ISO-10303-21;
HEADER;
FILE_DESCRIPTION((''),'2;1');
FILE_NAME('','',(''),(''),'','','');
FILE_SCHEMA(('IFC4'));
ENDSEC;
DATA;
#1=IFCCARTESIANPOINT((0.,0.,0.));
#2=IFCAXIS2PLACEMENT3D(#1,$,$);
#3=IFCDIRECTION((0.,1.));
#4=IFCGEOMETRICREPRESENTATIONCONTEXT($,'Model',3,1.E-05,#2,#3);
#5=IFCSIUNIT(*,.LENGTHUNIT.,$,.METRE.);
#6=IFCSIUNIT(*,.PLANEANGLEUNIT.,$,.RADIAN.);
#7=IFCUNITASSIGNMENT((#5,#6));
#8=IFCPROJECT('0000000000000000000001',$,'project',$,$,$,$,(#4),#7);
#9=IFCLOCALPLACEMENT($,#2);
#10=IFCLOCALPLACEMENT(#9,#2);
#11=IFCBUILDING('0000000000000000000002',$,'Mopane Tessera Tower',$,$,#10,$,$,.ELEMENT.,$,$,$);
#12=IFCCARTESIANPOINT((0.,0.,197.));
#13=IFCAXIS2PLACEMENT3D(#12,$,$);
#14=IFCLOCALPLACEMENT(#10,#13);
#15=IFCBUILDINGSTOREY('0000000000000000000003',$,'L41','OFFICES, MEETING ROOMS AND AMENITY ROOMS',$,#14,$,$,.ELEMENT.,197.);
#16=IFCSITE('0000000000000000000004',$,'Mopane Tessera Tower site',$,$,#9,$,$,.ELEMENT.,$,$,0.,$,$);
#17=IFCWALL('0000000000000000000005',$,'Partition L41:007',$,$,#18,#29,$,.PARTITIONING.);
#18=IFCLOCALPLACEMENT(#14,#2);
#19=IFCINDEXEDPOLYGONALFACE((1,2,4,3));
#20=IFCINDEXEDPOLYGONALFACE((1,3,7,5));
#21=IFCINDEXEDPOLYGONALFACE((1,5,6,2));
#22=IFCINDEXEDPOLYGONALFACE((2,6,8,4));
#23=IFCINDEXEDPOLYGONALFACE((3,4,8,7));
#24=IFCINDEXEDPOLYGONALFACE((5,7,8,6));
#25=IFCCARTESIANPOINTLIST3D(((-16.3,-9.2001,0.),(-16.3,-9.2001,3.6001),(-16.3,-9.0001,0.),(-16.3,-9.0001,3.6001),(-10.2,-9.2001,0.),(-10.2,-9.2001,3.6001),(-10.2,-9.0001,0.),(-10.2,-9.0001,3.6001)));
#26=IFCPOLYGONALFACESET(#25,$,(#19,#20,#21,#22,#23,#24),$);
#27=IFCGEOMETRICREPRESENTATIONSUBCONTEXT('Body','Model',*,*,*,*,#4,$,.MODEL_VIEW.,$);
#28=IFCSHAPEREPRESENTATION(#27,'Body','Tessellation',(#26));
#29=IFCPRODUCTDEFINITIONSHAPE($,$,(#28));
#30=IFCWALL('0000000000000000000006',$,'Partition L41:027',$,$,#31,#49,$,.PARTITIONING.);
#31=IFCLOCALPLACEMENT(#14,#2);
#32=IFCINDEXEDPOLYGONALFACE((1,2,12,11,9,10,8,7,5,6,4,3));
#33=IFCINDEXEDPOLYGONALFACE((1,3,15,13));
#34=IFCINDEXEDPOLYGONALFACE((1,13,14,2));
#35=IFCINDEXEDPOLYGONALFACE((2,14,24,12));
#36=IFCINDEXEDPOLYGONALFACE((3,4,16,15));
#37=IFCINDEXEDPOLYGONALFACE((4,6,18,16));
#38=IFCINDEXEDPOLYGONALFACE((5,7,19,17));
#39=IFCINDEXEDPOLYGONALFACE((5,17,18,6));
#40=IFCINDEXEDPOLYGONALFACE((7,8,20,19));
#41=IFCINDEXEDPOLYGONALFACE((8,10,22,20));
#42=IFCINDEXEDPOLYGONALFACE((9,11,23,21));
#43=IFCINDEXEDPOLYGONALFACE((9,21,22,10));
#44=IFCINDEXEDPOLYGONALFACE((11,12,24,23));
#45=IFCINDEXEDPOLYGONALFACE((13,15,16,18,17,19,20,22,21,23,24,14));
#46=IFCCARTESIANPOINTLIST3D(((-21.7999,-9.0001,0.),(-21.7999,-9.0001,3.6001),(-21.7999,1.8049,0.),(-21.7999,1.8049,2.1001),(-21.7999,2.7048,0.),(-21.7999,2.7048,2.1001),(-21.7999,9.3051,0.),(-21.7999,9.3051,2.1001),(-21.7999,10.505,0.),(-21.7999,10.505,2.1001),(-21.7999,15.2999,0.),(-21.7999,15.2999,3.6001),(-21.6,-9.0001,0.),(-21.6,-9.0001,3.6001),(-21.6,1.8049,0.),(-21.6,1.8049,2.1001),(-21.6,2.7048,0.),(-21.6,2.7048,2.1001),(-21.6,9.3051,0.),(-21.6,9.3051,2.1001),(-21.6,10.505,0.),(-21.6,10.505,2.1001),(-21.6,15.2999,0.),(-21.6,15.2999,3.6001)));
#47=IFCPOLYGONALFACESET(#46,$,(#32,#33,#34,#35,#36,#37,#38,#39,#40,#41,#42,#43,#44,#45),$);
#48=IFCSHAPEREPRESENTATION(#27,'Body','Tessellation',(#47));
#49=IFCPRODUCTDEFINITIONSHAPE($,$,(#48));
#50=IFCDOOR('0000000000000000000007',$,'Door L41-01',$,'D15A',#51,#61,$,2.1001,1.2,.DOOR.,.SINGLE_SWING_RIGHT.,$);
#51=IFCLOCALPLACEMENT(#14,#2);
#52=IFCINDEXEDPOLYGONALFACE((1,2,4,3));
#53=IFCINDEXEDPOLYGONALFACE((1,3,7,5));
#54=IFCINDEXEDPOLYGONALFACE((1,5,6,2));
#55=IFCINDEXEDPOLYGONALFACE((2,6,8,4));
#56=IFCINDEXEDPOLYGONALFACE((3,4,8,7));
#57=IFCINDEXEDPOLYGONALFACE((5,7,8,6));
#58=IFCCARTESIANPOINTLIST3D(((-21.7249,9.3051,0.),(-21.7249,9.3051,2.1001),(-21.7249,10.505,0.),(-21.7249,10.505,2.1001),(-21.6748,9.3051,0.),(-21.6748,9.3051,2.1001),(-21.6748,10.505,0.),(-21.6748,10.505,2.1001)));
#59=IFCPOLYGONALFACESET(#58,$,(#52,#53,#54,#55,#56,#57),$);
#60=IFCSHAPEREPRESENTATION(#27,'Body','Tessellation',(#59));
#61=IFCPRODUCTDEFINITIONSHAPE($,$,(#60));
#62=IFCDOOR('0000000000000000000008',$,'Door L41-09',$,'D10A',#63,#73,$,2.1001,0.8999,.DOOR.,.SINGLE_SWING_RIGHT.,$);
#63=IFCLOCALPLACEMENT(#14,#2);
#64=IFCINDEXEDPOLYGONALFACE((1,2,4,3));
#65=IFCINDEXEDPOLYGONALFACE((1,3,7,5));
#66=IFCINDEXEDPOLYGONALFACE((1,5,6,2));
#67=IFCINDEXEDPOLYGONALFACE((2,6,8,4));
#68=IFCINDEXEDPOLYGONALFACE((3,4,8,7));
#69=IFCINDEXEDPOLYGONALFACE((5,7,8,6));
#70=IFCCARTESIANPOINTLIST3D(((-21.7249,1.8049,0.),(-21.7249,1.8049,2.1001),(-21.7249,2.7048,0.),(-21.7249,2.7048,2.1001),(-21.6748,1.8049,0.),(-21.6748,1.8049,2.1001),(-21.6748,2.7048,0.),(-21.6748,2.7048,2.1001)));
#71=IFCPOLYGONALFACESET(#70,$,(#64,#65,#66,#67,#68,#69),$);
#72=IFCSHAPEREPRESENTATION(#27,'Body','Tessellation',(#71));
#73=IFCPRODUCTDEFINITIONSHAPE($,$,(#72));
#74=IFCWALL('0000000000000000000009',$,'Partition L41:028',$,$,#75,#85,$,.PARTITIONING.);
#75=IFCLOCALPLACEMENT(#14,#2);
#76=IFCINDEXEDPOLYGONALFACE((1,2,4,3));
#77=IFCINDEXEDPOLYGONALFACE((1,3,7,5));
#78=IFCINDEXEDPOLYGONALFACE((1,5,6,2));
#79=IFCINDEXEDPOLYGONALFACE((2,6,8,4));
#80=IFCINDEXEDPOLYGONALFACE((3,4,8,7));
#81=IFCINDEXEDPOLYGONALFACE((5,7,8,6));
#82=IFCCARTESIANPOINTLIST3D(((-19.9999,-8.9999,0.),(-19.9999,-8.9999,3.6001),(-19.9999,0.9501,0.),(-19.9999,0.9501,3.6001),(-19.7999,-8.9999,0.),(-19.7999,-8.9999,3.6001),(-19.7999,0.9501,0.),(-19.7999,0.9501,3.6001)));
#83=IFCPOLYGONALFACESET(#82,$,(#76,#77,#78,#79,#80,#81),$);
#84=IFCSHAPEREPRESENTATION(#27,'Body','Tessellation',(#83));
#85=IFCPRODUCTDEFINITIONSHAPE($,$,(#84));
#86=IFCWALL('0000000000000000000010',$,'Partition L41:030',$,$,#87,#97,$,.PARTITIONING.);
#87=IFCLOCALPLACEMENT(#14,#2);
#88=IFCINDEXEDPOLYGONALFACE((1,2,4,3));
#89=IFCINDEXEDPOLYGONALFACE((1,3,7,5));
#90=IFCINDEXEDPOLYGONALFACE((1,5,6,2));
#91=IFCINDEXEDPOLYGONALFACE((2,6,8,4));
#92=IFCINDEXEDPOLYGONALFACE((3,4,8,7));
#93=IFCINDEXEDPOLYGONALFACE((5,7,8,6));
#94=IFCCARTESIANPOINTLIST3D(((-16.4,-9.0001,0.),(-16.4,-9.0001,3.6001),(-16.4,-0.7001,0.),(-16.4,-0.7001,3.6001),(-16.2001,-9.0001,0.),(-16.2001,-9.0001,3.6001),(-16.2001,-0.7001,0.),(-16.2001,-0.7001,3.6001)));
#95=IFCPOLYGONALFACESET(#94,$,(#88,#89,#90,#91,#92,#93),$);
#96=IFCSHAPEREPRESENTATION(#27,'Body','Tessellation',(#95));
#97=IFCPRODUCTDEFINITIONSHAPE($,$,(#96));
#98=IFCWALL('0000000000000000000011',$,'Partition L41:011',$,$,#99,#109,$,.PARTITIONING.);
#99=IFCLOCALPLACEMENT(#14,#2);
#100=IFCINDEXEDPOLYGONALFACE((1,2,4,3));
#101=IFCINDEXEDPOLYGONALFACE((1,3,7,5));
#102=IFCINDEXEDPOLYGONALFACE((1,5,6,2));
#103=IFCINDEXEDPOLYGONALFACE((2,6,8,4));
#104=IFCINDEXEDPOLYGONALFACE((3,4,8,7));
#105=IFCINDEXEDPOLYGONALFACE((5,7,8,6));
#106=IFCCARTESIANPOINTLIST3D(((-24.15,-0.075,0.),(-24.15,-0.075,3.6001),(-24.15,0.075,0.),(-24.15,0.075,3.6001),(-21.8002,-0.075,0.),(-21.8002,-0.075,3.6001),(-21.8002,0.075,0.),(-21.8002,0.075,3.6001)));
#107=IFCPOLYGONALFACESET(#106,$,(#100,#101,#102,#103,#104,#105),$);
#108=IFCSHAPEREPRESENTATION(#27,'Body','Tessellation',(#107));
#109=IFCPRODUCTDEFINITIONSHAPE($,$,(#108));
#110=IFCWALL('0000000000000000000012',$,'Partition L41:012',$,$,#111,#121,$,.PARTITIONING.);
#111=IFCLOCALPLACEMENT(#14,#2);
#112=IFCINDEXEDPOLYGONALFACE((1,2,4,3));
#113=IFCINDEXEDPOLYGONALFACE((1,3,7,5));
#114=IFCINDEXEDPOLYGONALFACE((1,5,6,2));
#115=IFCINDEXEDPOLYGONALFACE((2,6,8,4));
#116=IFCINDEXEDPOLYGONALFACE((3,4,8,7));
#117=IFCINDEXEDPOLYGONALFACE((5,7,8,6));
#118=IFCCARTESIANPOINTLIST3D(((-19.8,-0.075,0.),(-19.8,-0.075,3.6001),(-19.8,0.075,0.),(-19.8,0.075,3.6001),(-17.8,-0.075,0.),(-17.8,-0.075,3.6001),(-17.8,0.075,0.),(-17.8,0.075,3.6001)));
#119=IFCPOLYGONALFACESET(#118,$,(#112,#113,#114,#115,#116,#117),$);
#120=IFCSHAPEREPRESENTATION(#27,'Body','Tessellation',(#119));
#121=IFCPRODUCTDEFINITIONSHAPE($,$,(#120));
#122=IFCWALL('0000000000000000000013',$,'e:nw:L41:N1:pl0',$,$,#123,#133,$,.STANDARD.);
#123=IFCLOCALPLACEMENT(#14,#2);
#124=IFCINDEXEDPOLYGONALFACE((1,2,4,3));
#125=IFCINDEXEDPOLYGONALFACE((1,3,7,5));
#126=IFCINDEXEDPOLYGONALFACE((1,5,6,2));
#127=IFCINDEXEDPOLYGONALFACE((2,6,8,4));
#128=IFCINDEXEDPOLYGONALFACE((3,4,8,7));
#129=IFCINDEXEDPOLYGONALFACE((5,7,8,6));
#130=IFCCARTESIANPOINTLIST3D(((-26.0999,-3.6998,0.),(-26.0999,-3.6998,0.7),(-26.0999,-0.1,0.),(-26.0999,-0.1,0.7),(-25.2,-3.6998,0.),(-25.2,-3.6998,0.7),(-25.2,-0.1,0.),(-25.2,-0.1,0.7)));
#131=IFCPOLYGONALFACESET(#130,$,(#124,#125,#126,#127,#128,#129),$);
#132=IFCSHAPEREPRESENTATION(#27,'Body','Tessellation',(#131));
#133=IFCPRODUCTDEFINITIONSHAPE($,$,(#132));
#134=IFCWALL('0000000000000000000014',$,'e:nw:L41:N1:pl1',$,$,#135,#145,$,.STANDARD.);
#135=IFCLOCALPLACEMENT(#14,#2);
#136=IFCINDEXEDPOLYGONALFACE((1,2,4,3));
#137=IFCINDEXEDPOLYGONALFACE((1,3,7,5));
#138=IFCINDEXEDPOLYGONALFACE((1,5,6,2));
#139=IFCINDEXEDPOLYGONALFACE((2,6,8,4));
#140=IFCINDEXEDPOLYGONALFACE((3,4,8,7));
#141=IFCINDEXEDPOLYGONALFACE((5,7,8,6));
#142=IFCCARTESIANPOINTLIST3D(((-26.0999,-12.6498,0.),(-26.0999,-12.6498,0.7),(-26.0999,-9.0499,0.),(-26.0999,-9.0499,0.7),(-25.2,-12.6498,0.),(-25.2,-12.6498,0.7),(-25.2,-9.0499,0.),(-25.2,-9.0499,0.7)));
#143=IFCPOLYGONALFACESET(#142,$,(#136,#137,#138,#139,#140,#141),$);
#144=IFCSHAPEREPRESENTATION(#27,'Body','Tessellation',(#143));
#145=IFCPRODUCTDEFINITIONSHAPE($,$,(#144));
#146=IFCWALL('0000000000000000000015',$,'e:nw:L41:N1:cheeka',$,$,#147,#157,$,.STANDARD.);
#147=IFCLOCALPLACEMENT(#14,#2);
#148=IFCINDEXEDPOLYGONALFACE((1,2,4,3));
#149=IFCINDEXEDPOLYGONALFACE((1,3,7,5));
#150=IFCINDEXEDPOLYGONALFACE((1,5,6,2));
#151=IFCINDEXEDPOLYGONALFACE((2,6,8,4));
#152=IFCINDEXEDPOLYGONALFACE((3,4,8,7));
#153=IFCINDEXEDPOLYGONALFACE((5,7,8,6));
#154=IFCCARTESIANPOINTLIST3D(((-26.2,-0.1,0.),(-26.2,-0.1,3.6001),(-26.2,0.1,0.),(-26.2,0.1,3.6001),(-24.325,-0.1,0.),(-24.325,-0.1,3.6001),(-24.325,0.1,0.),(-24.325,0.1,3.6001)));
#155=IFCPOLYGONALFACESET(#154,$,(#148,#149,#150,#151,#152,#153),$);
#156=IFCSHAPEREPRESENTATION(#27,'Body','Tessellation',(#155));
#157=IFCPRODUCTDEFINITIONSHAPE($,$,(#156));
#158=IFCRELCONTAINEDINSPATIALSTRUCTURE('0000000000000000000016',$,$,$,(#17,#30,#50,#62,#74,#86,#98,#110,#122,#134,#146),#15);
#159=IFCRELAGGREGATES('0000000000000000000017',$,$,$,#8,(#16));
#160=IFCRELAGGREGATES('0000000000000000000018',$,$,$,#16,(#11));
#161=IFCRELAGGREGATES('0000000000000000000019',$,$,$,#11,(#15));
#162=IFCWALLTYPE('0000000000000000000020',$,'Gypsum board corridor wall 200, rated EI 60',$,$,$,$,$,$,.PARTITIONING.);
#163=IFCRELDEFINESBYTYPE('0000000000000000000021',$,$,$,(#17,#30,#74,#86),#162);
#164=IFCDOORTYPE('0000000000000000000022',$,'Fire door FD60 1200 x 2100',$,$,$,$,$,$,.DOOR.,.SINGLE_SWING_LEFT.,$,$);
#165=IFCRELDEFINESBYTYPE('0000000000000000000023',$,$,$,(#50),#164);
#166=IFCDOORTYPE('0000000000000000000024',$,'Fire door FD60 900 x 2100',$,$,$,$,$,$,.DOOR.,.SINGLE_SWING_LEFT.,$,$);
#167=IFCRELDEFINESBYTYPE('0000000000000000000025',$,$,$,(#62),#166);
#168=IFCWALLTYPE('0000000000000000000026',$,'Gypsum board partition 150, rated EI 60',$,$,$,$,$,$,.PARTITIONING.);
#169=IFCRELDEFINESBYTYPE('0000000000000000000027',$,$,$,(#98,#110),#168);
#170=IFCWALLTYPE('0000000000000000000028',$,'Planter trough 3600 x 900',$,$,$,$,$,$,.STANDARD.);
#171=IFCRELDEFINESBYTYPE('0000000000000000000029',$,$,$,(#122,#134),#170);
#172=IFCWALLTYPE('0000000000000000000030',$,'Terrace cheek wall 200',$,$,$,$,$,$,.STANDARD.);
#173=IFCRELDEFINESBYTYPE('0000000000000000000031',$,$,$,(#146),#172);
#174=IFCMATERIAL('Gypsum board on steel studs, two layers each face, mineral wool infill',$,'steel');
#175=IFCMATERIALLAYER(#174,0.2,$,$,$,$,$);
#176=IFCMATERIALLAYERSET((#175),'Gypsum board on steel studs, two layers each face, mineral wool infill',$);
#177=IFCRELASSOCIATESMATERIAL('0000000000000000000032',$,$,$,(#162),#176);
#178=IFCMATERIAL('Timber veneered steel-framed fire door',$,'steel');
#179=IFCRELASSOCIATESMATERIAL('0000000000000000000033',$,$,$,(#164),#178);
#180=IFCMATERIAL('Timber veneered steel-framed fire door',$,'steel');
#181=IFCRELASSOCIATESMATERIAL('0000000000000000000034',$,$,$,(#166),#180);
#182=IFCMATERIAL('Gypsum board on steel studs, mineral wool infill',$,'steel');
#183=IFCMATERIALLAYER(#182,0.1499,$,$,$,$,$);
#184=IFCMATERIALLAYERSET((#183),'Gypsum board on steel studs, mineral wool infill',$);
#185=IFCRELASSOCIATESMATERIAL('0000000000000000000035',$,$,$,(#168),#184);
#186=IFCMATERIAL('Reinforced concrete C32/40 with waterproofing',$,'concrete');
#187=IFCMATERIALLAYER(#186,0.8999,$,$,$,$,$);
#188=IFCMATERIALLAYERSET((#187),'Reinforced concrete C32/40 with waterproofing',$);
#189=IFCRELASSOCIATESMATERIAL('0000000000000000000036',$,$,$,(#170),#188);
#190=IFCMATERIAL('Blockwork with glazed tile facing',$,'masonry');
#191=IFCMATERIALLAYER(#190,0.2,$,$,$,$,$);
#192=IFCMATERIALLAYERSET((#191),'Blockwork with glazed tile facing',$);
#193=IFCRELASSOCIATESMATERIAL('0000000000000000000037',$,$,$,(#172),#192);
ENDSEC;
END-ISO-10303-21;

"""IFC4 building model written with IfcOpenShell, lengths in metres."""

from ifc_helpers import new_model, si_unit, direction, frame, frame_2d, origin, place, context, subcontext, project, spatial, rectangle, extrude, material, layer, layer_set, type_object, element, fill, save


model = new_model("IFC4")

# Units and contexts
model_context = context("Model", 3, precision=1e-05, world=origin(), true_north=direction((0.0, 1.0)))
body_context = subcontext(model_context, "Body", "Model", "MODEL_VIEW")
ifc_project = project(units=[si_unit("LENGTHUNIT", "METRE"), si_unit("PLANEANGLEUNIT", "RADIAN")], contexts=[model_context])

# Site, building, storey
site_placement = place(None, origin())
site = spatial("IfcSite", under=ifc_project, at=site_placement, Name="Mopane Tessera Tower site", CompositionType="ELEMENT", RefElevation=0.0)
building_placement = place(site_placement, origin())
building = spatial("IfcBuilding", under=site, at=building_placement, Name="Mopane Tessera Tower", CompositionType="ELEMENT")
storey_placement = place(building_placement, frame((0.0, 0.0, 197.0)))
storey = spatial("IfcBuildingStorey", under=building, at=storey_placement, Name="L41", Description="OFFICES, MEETING ROOMS AND AMENITY ROOMS", CompositionType="ELEMENT", Elevation=197.0)

# Wall
ifc_material_1 = material(Name="Gypsum board on steel studs, two layers each face, mineral wool infill", Category="steel")
ifc_layer_1 = layer(ifc_material_1, 0.2)
ifc_layer_set_1 = layer_set([ifc_layer_1], Name="Gypsum board on steel studs, two layers each face, mineral wool infill")
wall_type_1 = type_object("IfcWallType", Name="Gypsum board corridor wall 200, rated EI 60", PredefinedType="PARTITIONING", material=ifc_layer_set_1)
wall_1_placement = place(storey_placement, frame((-16.3, -9.1001, 0.0), z_axis=(0.0, 0.0, 1.0), x_axis=(1.0, 0.0, 0.0)))
element("IfcWall", 1, at=wall_1_placement, inside=storey, type_object=wall_type_1, Name="Partition L41:007", PredefinedType="PARTITIONING", context=body_context, shape_type="SweptSolid", body=[
    extrude(rectangle(XDim=6.1001, YDim=0.2, at=frame_2d((3.05, 0.0))), origin(), (0.0, 0.0, 1.0), 3.6001),
])

# Wall, openings, doors
wall_2_placement = place(storey_placement, frame((-21.7, -9.0, 0.0), z_axis=(0.0, 0.0, 1.0), x_axis=(0.0, 1.0, 0.0)))
wall_2 = element("IfcWall", 2, at=wall_2_placement, inside=storey, type_object=wall_type_1, Name="Partition L41:027", PredefinedType="PARTITIONING", context=body_context, shape_type="SweptSolid", body=[
    extrude(rectangle(XDim=24.3, YDim=0.2, at=frame_2d((12.1499, 0.0))), origin(), (0.0, 0.0, 1.0), 3.6001),
])
opening_1_placement = place(wall_2_placement, frame((18.3049, 0.0, 0.0)))
opening_1 = element("IfcOpeningElement", 3, at=opening_1_placement, cuts=wall_2, PredefinedType="OPENING", context=body_context, shape_type="SweptSolid", body=[
    extrude(rectangle(XDim=1.2, YDim=2.1001, at=frame_2d((0.6001, 1.05))), frame((0.0, 0.1121, 0.0), z_axis=(0.0, -1.0, 0.0), x_axis=(1.0, 0.0, 0.0)), (0.0, 0.0, 1.0), 0.2239),
])
opening_2_placement = place(wall_2_placement, frame((10.8049, 0.0, 0.0)))
opening_2 = element("IfcOpeningElement", 4, at=opening_2_placement, cuts=wall_2, PredefinedType="OPENING", context=body_context, shape_type="SweptSolid", body=[
    extrude(rectangle(XDim=0.8999, YDim=2.1001, at=frame_2d((0.45, 1.05))), frame((0.0, 0.1121, 0.0), z_axis=(0.0, -1.0, 0.0), x_axis=(1.0, 0.0, 0.0)), (0.0, 0.0, 1.0), 0.2239),
])
ifc_material_2 = material(Name="Timber veneered steel-framed fire door", Category="steel")
door_type_1 = type_object("IfcDoorType", Name="Fire door FD60 1200 x 2100", OperationType="SINGLE_SWING_LEFT", PredefinedType="DOOR", material=ifc_material_2)
door_1_placement = place(opening_1_placement, origin())
door_1 = element("IfcDoor", 5, at=door_1_placement, inside=storey, type_object=door_type_1, Name="Door L41-01", ObjectType="D15A", OperationType="SINGLE_SWING_RIGHT", OverallHeight=2.1001, OverallWidth=1.2, PredefinedType="DOOR", context=body_context, shape_type="SweptSolid", body=[
    extrude(rectangle(XDim=1.2, YDim=2.1001, at=frame_2d((0.6001, 1.05))), frame((0.0, 0.0249, 0.0), z_axis=(0.0, -1.0, 0.0), x_axis=(1.0, 0.0, 0.0)), (0.0, 0.0, 1.0), 0.05),
])
fill(opening_1, door_1)
ifc_material_3 = material(Name="Timber veneered steel-framed fire door", Category="steel")
door_type_2 = type_object("IfcDoorType", Name="Fire door FD60 900 x 2100", OperationType="SINGLE_SWING_LEFT", PredefinedType="DOOR", material=ifc_material_3)
door_2_placement = place(opening_2_placement, origin())
door_2 = element("IfcDoor", 6, at=door_2_placement, inside=storey, type_object=door_type_2, Name="Door L41-09", ObjectType="D10A", OperationType="SINGLE_SWING_RIGHT", OverallHeight=2.1001, OverallWidth=0.8999, PredefinedType="DOOR", context=body_context, shape_type="SweptSolid", body=[
    extrude(rectangle(XDim=0.8999, YDim=2.1001, at=frame_2d((0.45, 1.05))), frame((0.0, 0.0249, 0.0), z_axis=(0.0, -1.0, 0.0), x_axis=(1.0, 0.0, 0.0)), (0.0, 0.0, 1.0), 0.05),
])
fill(opening_2, door_2)

# Walls
wall_3_placement = place(storey_placement, frame((-19.8999, -9.0, 0.0), z_axis=(0.0, 0.0, 1.0), x_axis=(0.0, 1.0, 0.0)))
element("IfcWall", 7, at=wall_3_placement, inside=storey, type_object=wall_type_1, Name="Partition L41:028", PredefinedType="PARTITIONING", context=body_context, shape_type="SweptSolid", body=[
    extrude(rectangle(XDim=9.95, YDim=0.2, at=frame_2d((4.9751, 0.0))), origin(), (0.0, 0.0, 1.0), 3.6001),
])
wall_4_placement = place(storey_placement, frame((-16.3, -9.0, 0.0), z_axis=(0.0, 0.0, 1.0), x_axis=(0.0, 1.0, 0.0)))
element("IfcWall", 8, at=wall_4_placement, inside=storey, type_object=wall_type_1, Name="Partition L41:030", PredefinedType="PARTITIONING", context=body_context, shape_type="SweptSolid", body=[
    extrude(rectangle(XDim=8.3, YDim=0.2, at=frame_2d((4.1499, 0.0))), origin(), (0.0, 0.0, 1.0), 3.6001),
])
ifc_material_4 = material(Name="Gypsum board on steel studs, mineral wool infill", Category="steel")
ifc_layer_2 = layer(ifc_material_4, 0.1499)
ifc_layer_set_2 = layer_set([ifc_layer_2], Name="Gypsum board on steel studs, mineral wool infill")
wall_type_2 = type_object("IfcWallType", Name="Gypsum board partition 150, rated EI 60", PredefinedType="PARTITIONING", material=ifc_layer_set_2)
wall_5_placement = place(storey_placement, frame((-24.1499, 0.0, 0.0), z_axis=(0.0, 0.0, 1.0), x_axis=(1.0, 0.0, 0.0)))
element("IfcWall", 9, at=wall_5_placement, inside=storey, type_object=wall_type_2, Name="Partition L41:011", PredefinedType="PARTITIONING", context=body_context, shape_type="SweptSolid", body=[
    extrude(rectangle(XDim=2.3499, YDim=0.1499, at=frame_2d((1.1748, 0.0))), origin(), (0.0, 0.0, 1.0), 3.6001),
])
wall_6_placement = place(storey_placement, frame((-19.8, 0.0, 0.0), z_axis=(0.0, 0.0, 1.0), x_axis=(1.0, 0.0, 0.0)))
element("IfcWall", 10, at=wall_6_placement, inside=storey, type_object=wall_type_2, Name="Partition L41:012", PredefinedType="PARTITIONING", context=body_context, shape_type="SweptSolid", body=[
    extrude(rectangle(XDim=2.0, YDim=0.1499, at=frame_2d((1.0, 0.0))), origin(), (0.0, 0.0, 1.0), 3.6001),
])
ifc_material_5 = material(Name="Reinforced concrete C32/40 with waterproofing", Category="concrete")
ifc_layer_3 = layer(ifc_material_5, 0.8999)
ifc_layer_set_3 = layer_set([ifc_layer_3], Name="Reinforced concrete C32/40 with waterproofing")
wall_type_3 = type_object("IfcWallType", Name="Planter trough 3600 x 900", PredefinedType="STANDARD", material=ifc_layer_set_3)
for number, where, z_axis, x_axis, name in (
    (11, (-25.6499, -0.1001, 0.0), (0.0, 0.0, 1.0), (0.0, -1.0, 0.0), "e:nw:L41:N1:pl0"),
    (12, (-25.6499, -9.05, 0.0), (0.0, 0.0, 1.0), (0.0, -1.0, 0.0), "e:nw:L41:N1:pl1"),
):
    element("IfcWall", number, at=place(storey_placement, frame(where, z_axis=z_axis, x_axis=x_axis)), inside=storey, type_object=wall_type_3, Name=name, PredefinedType="STANDARD", context=body_context, shape_type="SweptSolid", body=[
        extrude(rectangle(XDim=3.5999, YDim=0.8999, at=frame_2d((1.7998, 0.0))), origin(), (0.0, 0.0, 1.0), 0.7),
    ])
ifc_material_6 = material(Name="Blockwork with glazed tile facing", Category="masonry")
ifc_layer_4 = layer(ifc_material_6, 0.2)
ifc_layer_set_4 = layer_set([ifc_layer_4], Name="Blockwork with glazed tile facing")
wall_type_4 = type_object("IfcWallType", Name="Terrace cheek wall 200", PredefinedType="STANDARD", material=ifc_layer_set_4)
wall_7_placement = place(storey_placement, frame((-26.2, 0.0, 0.0), z_axis=(0.0, 0.0, 1.0), x_axis=(1.0, 0.0, 0.0)))
element("IfcWall", 13, at=wall_7_placement, inside=storey, type_object=wall_type_4, Name="e:nw:L41:N1:cheeka", PredefinedType="STANDARD", context=body_context, shape_type="SweptSolid", body=[
    extrude(rectangle(XDim=1.875, YDim=0.2, at=frame_2d((0.9375, 0.0))), origin(), (0.0, 0.0, 1.0), 3.6001),
])

save(model, "model.ifc")
